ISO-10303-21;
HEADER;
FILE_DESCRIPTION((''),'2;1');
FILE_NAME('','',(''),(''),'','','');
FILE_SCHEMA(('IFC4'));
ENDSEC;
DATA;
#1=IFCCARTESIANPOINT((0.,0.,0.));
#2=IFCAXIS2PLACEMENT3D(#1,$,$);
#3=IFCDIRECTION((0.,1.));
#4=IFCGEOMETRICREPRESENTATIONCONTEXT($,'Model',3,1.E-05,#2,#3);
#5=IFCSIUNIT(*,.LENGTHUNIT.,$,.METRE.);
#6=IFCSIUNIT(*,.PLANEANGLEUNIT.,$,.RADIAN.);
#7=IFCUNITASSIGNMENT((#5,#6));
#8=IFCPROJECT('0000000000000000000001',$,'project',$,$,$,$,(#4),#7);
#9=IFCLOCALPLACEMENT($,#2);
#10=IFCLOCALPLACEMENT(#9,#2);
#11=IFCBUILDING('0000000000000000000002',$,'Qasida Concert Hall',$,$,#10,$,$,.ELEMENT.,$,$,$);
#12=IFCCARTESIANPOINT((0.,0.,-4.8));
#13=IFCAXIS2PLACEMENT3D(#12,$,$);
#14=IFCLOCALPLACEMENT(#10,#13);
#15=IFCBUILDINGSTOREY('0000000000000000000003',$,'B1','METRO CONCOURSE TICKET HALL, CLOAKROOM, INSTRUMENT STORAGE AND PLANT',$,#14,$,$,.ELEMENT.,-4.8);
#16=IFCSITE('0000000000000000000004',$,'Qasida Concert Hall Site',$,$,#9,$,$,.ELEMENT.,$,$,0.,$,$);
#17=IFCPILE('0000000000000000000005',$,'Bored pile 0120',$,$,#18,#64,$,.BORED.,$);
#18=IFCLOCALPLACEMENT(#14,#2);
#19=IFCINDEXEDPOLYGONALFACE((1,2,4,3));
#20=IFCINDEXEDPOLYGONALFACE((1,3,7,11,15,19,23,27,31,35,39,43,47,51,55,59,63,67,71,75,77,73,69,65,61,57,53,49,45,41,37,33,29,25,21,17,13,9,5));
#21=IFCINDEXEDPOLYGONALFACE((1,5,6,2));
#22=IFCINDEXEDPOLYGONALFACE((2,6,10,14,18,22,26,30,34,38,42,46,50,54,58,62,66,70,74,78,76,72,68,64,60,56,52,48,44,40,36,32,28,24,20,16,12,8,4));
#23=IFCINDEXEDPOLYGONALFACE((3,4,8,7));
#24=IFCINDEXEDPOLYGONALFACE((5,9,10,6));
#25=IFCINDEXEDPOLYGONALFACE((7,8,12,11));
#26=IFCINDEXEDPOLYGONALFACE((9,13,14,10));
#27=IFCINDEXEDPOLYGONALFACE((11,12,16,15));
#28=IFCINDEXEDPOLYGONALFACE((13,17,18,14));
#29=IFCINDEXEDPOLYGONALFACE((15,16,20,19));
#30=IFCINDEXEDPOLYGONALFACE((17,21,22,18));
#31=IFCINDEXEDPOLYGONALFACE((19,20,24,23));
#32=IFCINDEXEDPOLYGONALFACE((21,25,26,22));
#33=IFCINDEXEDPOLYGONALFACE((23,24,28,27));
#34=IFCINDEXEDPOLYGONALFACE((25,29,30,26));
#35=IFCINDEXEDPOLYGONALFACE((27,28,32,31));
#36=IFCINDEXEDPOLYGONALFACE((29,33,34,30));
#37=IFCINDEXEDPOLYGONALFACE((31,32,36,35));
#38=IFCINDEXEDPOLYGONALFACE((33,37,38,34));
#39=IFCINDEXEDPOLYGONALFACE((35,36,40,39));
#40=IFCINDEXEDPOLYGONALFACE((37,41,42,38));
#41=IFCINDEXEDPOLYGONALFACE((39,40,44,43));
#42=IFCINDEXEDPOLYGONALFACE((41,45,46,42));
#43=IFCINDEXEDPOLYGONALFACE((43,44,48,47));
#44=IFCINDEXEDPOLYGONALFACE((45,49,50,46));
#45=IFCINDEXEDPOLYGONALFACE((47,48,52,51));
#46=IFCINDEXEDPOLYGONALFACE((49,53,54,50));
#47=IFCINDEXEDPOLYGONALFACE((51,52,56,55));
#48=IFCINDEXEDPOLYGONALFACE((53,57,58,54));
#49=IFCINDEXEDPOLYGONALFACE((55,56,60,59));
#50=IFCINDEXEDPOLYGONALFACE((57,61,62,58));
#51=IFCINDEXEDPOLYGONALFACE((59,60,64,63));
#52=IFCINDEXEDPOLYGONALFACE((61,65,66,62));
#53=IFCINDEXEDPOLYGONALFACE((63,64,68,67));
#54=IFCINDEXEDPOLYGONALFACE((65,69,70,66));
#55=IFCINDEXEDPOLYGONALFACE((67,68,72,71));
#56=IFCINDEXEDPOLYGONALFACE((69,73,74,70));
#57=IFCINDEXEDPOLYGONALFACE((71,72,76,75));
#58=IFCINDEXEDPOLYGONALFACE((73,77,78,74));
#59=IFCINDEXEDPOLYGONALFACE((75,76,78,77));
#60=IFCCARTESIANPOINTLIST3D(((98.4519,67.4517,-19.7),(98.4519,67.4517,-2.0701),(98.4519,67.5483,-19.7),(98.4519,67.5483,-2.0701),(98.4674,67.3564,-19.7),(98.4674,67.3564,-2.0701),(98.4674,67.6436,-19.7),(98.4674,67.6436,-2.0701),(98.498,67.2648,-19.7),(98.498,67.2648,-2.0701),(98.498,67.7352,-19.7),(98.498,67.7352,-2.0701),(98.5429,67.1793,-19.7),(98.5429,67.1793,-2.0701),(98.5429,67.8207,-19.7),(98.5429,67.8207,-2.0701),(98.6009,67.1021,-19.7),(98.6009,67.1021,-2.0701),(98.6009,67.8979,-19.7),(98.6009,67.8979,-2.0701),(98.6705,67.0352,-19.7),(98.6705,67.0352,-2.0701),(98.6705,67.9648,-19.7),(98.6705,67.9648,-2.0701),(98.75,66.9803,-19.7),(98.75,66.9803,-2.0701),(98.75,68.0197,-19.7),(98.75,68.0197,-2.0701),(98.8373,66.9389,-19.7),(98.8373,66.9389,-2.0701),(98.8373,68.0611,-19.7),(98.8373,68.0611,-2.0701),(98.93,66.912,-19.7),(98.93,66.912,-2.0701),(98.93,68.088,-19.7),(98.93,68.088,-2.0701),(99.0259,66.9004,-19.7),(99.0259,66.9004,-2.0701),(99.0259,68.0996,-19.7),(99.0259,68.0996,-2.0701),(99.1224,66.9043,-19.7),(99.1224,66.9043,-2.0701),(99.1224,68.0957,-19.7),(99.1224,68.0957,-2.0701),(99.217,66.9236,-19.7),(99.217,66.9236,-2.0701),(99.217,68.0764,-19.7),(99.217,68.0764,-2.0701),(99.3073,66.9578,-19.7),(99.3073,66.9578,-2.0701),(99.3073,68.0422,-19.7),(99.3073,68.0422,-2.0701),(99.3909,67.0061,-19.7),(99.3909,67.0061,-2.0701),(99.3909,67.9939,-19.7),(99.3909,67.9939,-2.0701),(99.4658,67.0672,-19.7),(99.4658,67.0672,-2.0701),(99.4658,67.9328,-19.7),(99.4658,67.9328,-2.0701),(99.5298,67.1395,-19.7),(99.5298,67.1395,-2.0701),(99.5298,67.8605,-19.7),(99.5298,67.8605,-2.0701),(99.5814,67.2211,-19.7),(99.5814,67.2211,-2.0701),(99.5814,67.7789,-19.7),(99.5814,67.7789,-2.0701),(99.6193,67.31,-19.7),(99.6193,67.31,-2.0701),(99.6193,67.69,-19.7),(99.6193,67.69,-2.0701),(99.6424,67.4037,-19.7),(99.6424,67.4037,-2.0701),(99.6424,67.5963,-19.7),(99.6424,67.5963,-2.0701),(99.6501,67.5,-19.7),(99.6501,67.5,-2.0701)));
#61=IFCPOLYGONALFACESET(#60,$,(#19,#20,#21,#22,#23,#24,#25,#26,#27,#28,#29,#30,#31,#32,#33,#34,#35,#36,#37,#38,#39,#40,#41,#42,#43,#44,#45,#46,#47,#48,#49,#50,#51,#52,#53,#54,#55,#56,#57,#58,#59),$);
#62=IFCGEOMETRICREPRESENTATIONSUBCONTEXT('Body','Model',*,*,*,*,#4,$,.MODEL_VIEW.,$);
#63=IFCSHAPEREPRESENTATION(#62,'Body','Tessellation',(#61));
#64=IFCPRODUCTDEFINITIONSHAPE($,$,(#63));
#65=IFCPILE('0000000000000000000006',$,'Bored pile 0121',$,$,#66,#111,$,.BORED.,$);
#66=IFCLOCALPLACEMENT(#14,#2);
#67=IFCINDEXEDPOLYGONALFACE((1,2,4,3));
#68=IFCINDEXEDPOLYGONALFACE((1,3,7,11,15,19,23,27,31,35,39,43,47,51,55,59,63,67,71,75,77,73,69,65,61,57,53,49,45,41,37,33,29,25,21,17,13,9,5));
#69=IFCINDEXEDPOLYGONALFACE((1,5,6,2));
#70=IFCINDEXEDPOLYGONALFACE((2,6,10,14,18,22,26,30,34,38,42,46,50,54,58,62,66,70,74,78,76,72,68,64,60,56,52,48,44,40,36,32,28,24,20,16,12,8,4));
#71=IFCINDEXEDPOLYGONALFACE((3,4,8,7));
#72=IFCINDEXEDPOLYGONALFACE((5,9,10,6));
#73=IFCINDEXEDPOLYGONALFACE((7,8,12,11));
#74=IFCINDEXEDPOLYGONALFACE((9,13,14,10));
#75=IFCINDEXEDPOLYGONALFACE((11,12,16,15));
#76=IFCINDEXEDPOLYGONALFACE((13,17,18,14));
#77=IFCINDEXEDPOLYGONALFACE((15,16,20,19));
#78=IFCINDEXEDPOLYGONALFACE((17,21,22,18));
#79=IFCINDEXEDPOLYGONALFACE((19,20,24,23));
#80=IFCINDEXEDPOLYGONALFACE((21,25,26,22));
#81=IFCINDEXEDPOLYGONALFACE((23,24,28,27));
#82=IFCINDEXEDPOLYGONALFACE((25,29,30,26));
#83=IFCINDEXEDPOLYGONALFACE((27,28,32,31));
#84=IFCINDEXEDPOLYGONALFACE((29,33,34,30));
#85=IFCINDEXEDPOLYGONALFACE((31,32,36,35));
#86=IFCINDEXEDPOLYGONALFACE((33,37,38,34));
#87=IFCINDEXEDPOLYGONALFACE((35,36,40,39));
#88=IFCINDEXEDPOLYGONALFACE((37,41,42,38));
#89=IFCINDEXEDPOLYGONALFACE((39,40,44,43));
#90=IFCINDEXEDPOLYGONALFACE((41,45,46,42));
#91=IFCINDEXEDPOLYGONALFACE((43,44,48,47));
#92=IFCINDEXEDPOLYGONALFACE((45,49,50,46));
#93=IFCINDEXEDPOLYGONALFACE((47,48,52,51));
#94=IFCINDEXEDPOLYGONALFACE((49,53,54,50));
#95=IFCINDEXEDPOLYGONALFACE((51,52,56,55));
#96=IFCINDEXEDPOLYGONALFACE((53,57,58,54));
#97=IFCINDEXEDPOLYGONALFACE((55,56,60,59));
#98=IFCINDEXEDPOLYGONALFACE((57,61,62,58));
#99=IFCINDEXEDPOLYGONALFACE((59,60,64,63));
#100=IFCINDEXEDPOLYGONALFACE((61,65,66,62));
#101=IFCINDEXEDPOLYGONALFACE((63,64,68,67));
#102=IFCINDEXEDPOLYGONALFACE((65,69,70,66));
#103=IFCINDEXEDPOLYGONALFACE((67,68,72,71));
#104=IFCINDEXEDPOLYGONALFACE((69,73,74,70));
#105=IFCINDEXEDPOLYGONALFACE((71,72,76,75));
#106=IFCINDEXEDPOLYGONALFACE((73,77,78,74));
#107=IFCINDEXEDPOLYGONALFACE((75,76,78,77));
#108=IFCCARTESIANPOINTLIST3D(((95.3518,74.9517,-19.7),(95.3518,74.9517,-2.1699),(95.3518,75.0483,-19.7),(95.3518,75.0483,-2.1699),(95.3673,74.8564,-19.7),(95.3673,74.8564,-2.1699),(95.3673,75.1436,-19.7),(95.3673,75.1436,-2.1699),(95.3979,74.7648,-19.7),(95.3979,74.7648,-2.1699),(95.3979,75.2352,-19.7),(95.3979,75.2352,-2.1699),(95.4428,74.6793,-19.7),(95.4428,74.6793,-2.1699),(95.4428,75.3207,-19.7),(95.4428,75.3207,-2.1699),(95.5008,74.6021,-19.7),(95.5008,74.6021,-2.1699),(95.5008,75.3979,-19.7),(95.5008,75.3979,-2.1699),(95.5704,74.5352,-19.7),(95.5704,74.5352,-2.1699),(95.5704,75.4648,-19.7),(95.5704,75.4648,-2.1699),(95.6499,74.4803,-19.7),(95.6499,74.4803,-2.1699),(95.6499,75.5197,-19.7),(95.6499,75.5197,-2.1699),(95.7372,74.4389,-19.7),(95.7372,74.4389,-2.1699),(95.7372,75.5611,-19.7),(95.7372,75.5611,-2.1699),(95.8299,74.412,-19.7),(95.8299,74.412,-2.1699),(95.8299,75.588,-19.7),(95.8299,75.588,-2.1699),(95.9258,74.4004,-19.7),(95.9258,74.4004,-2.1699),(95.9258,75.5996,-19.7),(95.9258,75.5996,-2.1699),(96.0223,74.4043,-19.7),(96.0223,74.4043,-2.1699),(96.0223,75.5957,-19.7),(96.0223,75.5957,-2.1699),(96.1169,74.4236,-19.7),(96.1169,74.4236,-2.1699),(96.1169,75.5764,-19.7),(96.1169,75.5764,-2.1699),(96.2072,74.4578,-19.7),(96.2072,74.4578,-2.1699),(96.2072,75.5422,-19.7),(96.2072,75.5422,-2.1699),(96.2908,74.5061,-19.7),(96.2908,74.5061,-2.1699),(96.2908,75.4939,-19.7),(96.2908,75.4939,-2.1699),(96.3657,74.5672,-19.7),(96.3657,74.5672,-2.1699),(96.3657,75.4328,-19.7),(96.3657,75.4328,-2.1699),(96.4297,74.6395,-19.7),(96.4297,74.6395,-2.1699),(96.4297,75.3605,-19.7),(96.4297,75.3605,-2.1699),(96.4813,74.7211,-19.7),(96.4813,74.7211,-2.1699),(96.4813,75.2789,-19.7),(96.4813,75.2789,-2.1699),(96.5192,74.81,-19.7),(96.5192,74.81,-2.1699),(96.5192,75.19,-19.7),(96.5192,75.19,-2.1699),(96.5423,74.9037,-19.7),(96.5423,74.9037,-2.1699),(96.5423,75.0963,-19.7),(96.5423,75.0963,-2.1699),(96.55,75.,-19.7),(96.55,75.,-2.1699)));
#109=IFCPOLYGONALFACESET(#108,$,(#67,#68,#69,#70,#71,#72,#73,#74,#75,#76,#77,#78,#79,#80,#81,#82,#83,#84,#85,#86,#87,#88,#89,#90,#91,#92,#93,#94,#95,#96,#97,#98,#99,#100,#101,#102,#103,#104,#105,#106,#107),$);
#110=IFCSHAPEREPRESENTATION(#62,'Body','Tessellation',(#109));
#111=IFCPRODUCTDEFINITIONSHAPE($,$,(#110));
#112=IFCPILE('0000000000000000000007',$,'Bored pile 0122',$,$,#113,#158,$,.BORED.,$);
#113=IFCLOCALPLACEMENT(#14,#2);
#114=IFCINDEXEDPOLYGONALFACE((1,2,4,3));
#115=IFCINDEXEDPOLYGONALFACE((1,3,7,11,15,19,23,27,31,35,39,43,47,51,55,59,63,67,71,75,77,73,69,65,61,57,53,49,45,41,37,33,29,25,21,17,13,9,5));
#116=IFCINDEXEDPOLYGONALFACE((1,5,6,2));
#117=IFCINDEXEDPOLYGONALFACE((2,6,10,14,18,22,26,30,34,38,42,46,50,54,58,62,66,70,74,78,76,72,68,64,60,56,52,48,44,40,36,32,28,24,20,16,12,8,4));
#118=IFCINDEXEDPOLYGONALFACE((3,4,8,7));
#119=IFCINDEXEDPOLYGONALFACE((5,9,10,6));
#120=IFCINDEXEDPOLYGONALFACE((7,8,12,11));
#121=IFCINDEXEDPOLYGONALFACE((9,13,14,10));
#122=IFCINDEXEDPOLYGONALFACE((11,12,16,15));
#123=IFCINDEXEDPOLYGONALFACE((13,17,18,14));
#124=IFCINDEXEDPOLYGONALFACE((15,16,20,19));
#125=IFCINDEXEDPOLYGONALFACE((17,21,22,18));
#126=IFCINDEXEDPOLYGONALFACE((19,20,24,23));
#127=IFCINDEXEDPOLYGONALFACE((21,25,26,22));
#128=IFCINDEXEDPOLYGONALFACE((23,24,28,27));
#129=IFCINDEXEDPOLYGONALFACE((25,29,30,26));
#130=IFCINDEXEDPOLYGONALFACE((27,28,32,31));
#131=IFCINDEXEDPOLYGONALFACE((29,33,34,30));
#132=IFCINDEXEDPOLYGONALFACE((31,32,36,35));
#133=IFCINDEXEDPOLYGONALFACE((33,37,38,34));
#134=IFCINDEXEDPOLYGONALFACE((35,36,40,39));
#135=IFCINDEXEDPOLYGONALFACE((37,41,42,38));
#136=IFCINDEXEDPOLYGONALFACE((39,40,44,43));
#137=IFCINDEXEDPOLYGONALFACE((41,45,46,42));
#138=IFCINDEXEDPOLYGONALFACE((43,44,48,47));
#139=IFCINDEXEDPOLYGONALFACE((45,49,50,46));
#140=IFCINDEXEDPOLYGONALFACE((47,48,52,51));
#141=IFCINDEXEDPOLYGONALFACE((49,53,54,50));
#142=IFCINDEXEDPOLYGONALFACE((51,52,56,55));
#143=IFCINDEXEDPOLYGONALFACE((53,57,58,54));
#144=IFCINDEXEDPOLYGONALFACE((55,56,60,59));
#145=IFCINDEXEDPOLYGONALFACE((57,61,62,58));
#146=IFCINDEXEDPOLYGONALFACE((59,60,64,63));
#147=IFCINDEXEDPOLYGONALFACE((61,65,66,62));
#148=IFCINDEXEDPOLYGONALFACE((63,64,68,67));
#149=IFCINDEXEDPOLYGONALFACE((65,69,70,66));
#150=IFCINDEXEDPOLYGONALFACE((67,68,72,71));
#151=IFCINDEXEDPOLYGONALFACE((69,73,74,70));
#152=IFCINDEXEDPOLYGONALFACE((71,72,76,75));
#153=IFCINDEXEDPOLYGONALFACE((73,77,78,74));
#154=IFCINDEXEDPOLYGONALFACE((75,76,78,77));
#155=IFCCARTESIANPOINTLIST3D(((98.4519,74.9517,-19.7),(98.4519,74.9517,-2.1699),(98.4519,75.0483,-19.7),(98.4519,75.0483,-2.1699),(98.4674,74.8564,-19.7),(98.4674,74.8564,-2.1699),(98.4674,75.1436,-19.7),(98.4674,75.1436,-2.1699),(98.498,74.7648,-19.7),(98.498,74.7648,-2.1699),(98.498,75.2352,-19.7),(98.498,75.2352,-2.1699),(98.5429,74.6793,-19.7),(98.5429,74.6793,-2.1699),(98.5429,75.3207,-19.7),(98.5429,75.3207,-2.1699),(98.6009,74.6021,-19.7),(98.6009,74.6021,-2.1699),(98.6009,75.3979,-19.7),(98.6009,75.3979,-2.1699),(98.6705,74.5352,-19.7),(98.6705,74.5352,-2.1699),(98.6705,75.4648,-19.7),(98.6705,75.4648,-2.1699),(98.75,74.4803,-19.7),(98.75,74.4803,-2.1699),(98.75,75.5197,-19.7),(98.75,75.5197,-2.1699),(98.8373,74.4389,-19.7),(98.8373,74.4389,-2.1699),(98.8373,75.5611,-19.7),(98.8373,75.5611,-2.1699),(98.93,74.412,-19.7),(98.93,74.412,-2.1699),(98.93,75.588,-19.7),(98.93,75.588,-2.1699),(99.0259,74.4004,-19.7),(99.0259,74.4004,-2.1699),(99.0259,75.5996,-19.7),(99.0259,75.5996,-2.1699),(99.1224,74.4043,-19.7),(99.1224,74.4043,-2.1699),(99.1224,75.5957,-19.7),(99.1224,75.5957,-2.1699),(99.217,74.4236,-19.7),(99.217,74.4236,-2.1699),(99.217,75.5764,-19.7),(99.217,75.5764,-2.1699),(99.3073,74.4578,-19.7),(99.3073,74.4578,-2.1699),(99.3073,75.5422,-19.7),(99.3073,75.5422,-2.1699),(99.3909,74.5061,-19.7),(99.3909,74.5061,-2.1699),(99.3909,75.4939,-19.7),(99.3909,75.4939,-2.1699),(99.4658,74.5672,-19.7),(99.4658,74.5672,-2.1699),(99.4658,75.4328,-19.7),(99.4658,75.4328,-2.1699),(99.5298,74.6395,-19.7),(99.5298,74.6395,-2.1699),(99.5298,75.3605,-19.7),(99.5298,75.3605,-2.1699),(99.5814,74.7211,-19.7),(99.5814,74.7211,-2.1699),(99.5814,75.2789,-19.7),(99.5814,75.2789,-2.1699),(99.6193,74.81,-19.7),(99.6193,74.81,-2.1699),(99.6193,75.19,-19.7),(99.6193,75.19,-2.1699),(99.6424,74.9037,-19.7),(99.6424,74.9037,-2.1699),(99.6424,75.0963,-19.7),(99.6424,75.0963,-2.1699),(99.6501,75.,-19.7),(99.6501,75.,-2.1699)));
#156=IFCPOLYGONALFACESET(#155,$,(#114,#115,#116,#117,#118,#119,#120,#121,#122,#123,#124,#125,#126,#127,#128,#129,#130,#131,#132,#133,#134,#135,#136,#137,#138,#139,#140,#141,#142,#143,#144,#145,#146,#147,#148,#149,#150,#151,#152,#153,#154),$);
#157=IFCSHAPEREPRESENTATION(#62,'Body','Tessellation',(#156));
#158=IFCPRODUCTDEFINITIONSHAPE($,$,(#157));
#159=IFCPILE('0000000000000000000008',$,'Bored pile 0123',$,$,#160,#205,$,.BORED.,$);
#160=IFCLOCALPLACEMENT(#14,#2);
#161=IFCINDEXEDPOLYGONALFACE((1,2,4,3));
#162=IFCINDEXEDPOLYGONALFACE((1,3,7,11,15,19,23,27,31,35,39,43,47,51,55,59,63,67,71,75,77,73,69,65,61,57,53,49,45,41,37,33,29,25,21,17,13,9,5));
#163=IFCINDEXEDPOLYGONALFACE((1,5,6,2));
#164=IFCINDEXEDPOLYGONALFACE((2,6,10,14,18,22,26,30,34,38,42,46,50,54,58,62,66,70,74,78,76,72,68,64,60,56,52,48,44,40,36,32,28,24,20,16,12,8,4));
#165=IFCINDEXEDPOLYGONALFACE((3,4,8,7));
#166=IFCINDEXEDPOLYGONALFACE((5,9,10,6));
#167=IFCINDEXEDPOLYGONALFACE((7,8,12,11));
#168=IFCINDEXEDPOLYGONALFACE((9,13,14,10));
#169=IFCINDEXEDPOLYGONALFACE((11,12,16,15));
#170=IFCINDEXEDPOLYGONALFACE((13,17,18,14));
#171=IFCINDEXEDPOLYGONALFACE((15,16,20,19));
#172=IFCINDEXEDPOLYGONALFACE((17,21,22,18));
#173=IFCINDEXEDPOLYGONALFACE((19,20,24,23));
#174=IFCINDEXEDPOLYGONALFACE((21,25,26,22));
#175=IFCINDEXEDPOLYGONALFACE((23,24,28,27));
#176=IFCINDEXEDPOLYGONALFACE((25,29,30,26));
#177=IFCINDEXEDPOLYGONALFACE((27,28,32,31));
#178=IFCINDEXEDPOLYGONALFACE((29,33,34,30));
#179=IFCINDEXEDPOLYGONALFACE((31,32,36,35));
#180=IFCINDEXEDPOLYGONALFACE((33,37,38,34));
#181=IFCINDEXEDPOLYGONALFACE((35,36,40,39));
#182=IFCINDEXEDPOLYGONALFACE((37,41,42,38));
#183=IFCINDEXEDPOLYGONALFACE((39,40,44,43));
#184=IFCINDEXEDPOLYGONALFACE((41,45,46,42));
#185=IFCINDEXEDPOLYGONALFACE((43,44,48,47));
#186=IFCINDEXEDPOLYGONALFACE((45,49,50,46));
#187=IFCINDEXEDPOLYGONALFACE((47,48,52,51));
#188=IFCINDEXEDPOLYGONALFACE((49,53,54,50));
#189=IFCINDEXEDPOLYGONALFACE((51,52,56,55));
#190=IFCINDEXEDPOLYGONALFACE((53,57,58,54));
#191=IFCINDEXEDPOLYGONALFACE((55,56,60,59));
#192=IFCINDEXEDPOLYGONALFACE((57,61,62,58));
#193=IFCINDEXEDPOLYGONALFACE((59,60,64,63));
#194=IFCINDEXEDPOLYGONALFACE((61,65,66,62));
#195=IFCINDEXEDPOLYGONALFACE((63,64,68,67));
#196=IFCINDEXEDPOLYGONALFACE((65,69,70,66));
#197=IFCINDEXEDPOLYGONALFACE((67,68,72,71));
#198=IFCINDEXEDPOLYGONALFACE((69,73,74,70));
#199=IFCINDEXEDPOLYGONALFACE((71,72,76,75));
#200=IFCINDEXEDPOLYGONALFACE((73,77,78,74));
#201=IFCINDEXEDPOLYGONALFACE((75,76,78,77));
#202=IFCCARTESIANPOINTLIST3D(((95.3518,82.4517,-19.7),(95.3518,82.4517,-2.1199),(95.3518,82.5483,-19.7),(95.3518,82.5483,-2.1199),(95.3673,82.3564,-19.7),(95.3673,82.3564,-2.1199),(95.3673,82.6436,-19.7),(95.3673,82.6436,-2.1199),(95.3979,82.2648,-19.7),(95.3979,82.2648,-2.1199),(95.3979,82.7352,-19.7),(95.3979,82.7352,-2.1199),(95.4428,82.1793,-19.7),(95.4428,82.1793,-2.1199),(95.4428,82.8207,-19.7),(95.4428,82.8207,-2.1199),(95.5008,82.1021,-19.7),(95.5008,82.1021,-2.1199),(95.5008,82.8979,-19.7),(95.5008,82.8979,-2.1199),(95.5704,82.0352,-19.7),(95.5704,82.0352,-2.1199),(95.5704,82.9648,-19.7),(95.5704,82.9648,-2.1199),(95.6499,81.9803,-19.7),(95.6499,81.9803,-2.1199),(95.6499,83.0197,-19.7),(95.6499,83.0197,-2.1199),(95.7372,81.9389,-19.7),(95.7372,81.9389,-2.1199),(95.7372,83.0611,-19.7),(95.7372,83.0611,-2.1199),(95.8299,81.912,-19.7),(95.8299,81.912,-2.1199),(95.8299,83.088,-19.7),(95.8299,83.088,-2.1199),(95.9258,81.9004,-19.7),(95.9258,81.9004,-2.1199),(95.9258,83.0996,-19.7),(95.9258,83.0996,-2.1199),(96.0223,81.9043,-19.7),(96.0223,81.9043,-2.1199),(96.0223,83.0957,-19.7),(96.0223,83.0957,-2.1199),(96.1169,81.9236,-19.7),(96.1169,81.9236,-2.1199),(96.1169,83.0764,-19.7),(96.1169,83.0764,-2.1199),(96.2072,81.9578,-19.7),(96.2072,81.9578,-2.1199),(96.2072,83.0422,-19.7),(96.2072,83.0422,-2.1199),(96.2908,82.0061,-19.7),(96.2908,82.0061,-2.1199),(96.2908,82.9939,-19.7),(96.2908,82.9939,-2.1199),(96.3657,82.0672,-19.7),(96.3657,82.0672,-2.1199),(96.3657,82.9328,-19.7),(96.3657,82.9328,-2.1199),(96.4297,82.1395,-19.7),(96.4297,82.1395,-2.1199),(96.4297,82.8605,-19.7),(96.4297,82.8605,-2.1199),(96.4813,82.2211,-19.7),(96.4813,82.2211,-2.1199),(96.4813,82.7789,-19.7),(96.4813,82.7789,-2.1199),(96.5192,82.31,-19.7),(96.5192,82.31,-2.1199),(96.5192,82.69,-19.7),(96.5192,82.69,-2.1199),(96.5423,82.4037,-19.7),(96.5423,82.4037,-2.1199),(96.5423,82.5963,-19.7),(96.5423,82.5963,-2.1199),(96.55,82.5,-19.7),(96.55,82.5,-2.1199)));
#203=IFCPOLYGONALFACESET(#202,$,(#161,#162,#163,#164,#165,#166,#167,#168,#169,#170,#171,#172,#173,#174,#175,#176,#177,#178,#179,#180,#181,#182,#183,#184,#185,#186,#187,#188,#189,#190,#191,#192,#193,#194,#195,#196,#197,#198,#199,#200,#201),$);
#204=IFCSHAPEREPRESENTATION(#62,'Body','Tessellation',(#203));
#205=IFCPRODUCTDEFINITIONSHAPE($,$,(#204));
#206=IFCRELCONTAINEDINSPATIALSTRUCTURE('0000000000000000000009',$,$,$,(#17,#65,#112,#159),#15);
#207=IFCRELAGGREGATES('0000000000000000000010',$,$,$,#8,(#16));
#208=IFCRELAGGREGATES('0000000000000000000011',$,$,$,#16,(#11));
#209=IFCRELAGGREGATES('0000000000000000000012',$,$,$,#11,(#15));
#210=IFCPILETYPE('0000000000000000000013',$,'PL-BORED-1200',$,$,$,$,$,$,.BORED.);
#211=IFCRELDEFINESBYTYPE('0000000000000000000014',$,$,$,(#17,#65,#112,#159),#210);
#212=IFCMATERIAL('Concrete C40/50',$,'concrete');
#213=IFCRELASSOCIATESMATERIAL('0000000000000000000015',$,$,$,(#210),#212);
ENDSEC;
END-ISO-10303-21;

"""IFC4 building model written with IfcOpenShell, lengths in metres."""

from ifc_helpers import new_model, si_unit, direction, frame, origin, origin_2d, place, context, subcontext, project, spatial, circle, extrude, material, material_profile, profile_set, type_object, element, save


model = new_model("IFC4")

# Units and contexts
model_context = context("Model", 3, precision=1e-05, world=origin(), true_north=direction((0.0, 1.0)))
body_context = subcontext(model_context, "Body", "Model", "MODEL_VIEW")
ifc_project = project(units=[si_unit("LENGTHUNIT", "METRE"), si_unit("PLANEANGLEUNIT", "RADIAN")], contexts=[model_context])

# Site, building, storey
site_placement = place(None, origin())
site = spatial("IfcSite", under=ifc_project, at=site_placement, Name="Qasida Concert Hall Site", CompositionType="ELEMENT", RefElevation=0.0)
building_placement = place(site_placement, origin())
building = spatial("IfcBuilding", under=site, at=building_placement, Name="Qasida Concert Hall", CompositionType="ELEMENT")
storey_placement = place(building_placement, frame((0.0, 0.0, -4.8)))
storey = spatial("IfcBuildingStorey", under=building, at=storey_placement, Name="B1", Description="METRO CONCOURSE TICKET HALL, CLOAKROOM, INSTRUMENT STORAGE AND PLANT", CompositionType="ELEMENT", Elevation=-4.8)

# Shared definitions
ifc_material_1 = material(Name="Concrete C40/50", Category="concrete")

# Piles
ifc_material_profile_1 = material_profile(ifc_material_1, circle(Radius=0.6001, at=origin_2d()), Name="BORED PILE D1200")
ifc_profile_set_1 = profile_set([ifc_material_profile_1], Name="Concrete C40/50")
pile_type_1 = type_object("IfcPileType", Name="PL-BORED-1200", PredefinedType="BORED", material=ifc_profile_set_1)
pile_placement = place(storey_placement, frame((99.05, 67.5, -2.0701), z_axis=(0.0, 0.0, -1.0), x_axis=(1.0, 0.0, 0.0)))
element("IfcPile", 1, at=pile_placement, inside=storey, type_object=pile_type_1, Name="Bored pile 0120", PredefinedType="BORED", context=body_context, shape_type="SweptSolid", body=[
    extrude(circle(Radius=0.6001, at=origin_2d()), origin(), (0.0, 0.0, 1.0), 17.6299),
])
for number, where, z_axis, x_axis, name in (
    (2, (95.95, 75.0, -2.1699), (0.0, 0.0, -1.0), (1.0, 0.0, 0.0), "Bored pile 0121"),
    (3, (99.05, 75.0, -2.1699), (0.0, 0.0, -1.0), (1.0, 0.0, 0.0), "Bored pile 0122"),
):
    element("IfcPile", number, at=place(storey_placement, frame(where, z_axis=z_axis, x_axis=x_axis)), inside=storey, type_object=pile_type_1, Name=name, PredefinedType="BORED", context=body_context, shape_type="SweptSolid", body=[
        extrude(circle(Radius=0.6001, at=origin_2d()), origin(), (0.0, 0.0, 1.0), 17.53),
    ])
for number, where, z_axis, x_axis, name in (
    (4, (95.95, 82.5, -2.1199), (0.0, 0.0, -1.0), (1.0, 0.0, 0.0), "Bored pile 0123"),
):
    element("IfcPile", number, at=place(storey_placement, frame(where, z_axis=z_axis, x_axis=x_axis)), inside=storey, type_object=pile_type_1, Name=name, PredefinedType="BORED", context=body_context, shape_type="SweptSolid", body=[
        extrude(circle(Radius=0.6001, at=origin_2d()), origin(), (0.0, 0.0, 1.0), 17.5801),
    ])

save(model, "model.ifc")
